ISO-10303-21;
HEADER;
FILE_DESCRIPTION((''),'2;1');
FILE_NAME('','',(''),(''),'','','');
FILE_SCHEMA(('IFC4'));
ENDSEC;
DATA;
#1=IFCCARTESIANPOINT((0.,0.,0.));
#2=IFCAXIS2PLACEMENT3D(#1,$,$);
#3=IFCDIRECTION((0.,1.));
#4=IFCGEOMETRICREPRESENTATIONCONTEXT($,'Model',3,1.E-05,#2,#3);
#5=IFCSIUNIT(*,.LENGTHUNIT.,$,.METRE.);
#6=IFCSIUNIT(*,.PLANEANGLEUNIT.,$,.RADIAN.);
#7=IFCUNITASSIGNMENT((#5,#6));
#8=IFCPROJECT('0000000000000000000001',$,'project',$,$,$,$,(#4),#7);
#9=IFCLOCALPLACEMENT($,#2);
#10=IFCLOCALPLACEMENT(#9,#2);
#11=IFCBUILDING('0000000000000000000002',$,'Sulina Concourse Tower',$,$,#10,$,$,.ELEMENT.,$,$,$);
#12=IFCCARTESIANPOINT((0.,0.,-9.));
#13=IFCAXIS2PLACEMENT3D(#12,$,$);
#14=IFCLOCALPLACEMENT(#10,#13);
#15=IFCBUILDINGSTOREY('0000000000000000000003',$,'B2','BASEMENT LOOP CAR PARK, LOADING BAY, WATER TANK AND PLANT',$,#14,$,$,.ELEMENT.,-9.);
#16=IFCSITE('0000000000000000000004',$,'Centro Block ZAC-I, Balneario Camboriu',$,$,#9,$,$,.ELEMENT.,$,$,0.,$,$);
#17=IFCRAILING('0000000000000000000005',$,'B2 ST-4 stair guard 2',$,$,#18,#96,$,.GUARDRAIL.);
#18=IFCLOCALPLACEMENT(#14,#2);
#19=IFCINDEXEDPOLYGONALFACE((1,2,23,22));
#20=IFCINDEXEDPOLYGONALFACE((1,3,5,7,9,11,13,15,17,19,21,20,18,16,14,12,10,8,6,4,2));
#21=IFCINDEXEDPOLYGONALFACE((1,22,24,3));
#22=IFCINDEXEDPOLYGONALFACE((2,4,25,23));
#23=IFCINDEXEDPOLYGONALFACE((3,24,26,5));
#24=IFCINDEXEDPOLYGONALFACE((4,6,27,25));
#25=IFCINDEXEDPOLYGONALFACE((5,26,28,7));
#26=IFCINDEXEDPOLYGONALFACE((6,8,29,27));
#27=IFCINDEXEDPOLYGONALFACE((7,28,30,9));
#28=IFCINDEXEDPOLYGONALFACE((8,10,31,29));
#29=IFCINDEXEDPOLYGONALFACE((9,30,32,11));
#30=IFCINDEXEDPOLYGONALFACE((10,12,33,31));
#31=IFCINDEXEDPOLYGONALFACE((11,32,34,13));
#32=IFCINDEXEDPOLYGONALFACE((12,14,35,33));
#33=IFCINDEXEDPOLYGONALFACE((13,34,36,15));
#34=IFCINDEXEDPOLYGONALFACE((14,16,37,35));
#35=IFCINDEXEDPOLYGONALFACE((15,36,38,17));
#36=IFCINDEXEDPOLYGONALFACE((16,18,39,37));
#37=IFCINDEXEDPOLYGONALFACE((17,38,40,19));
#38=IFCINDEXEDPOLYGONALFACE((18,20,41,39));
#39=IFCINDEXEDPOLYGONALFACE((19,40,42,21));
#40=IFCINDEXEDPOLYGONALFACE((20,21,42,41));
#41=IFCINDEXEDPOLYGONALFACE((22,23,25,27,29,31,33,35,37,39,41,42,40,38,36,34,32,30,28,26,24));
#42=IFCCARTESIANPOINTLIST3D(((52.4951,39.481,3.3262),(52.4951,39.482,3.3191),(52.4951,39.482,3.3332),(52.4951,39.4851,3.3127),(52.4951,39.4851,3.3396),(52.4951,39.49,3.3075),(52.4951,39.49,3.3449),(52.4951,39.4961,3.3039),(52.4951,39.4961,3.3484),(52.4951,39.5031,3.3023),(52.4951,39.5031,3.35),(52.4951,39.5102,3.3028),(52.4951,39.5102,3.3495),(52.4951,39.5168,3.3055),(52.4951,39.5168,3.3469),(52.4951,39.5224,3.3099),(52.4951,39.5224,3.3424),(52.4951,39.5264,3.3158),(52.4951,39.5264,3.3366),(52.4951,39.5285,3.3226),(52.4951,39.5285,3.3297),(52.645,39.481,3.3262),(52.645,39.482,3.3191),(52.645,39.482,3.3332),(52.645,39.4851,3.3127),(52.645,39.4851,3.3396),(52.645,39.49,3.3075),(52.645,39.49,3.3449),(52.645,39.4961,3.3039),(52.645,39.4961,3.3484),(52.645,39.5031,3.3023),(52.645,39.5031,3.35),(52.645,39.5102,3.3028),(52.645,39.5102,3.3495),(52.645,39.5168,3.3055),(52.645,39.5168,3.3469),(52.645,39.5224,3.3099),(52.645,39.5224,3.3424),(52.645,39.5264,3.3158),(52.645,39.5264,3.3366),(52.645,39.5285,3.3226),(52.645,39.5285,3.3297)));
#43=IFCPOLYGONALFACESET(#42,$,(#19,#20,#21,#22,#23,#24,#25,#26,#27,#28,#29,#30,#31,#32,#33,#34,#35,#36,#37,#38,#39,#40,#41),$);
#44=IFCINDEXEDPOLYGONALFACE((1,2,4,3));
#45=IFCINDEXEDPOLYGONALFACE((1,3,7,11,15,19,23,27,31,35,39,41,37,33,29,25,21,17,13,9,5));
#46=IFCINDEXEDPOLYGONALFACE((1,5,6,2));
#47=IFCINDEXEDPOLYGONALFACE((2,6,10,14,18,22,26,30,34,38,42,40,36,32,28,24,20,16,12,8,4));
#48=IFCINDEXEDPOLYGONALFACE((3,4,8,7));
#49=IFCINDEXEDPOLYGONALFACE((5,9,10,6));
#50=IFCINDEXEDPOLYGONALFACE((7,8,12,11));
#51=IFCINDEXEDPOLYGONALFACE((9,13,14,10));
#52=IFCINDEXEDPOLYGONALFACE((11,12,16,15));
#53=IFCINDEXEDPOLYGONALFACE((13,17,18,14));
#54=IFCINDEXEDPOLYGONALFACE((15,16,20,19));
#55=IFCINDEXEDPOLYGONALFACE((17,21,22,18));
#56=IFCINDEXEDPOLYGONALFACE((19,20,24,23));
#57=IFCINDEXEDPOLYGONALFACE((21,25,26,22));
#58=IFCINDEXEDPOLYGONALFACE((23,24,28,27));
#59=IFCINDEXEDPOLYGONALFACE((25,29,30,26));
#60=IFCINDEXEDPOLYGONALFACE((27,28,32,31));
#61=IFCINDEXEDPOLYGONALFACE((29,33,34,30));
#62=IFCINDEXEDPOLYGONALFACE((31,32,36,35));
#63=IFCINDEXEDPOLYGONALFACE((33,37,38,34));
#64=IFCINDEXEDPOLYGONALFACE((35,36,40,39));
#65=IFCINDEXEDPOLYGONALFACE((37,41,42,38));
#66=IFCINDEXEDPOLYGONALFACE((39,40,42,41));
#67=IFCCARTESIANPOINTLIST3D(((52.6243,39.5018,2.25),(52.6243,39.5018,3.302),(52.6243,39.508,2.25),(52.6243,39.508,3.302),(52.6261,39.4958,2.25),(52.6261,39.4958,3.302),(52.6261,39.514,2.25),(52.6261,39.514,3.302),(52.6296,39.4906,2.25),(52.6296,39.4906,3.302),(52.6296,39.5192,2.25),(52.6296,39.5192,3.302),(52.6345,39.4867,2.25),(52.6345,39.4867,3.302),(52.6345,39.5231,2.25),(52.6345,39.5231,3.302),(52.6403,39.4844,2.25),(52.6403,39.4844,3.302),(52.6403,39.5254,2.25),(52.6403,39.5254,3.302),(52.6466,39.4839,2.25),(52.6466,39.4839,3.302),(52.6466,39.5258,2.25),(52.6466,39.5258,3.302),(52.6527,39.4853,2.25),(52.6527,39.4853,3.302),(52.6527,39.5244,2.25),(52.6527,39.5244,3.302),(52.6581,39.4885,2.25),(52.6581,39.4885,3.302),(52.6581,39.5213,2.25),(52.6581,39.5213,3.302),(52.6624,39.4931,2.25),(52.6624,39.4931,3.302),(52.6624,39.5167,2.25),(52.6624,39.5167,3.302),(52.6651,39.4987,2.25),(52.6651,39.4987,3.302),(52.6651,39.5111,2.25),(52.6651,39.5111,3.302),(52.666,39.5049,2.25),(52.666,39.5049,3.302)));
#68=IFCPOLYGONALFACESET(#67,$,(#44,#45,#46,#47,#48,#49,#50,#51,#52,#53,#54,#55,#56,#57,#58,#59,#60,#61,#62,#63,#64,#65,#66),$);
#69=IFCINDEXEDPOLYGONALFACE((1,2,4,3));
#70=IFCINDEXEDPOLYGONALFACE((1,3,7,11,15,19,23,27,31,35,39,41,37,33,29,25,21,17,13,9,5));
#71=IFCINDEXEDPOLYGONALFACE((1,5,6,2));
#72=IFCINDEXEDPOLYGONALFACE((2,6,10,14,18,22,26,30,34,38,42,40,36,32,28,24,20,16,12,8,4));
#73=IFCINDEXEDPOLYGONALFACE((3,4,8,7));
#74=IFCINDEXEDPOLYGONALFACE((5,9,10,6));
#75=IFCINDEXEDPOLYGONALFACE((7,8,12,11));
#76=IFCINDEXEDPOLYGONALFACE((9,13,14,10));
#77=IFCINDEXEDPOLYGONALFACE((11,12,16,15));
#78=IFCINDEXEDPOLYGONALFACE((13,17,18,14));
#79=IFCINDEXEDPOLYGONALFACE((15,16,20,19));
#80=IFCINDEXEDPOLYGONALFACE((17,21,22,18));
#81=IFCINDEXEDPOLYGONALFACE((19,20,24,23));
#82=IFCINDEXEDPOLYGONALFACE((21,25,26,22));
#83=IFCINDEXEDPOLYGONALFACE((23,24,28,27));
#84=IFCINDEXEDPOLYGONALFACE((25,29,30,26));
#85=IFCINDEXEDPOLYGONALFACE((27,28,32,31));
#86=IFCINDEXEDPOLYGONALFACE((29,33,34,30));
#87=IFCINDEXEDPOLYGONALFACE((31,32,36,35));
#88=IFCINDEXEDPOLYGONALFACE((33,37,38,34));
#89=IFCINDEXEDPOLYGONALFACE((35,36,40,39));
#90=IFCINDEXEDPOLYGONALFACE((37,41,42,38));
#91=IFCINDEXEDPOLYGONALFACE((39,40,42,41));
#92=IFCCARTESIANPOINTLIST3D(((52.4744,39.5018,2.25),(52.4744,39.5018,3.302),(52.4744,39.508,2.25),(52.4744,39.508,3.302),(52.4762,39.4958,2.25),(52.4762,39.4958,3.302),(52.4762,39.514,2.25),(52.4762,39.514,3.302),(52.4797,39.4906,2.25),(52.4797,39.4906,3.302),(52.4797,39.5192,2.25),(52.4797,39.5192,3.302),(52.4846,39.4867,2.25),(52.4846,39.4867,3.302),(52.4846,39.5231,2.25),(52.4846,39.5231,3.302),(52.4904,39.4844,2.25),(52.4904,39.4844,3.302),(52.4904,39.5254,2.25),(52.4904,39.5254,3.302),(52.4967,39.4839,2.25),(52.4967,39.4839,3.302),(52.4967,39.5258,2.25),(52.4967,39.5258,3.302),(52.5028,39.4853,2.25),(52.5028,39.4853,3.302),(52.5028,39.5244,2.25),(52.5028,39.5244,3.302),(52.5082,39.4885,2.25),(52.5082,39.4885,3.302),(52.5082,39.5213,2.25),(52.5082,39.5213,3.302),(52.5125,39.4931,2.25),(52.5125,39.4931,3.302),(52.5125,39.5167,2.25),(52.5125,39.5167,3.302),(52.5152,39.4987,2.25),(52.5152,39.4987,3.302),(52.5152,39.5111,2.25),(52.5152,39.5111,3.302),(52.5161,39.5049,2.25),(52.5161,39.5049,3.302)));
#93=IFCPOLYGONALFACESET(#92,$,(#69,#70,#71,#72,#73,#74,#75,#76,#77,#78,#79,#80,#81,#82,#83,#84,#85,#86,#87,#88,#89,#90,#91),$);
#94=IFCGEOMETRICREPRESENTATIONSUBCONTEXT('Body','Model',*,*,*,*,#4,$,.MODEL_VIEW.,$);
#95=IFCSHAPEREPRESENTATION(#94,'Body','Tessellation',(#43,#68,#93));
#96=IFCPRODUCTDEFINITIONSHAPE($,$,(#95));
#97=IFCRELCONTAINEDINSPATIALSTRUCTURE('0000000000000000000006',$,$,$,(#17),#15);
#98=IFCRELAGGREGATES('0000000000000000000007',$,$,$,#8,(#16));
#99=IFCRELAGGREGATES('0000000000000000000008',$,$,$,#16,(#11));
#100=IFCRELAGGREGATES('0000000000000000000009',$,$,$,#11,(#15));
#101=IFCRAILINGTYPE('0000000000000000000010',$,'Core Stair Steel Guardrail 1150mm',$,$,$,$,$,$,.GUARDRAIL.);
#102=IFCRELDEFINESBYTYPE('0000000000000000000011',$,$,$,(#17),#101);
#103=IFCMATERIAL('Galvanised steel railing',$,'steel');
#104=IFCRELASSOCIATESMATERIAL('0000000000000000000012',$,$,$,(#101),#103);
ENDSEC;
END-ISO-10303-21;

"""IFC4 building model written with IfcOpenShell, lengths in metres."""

from ifc_helpers import new_model, si_unit, direction, frame, origin, origin_2d, place, context, subcontext, project, spatial, circle, extrude, material, type_object, element, save


model = new_model("IFC4")

# Units and contexts
model_context = context("Model", 3, precision=1e-05, world=origin(), true_north=direction((0.0, 1.0)))
body_context = subcontext(model_context, "Body", "Model", "MODEL_VIEW")
ifc_project = project(units=[si_unit("LENGTHUNIT", "METRE"), si_unit("PLANEANGLEUNIT", "RADIAN")], contexts=[model_context])

# Site, building, storey
site_placement = place(None, origin())
site = spatial("IfcSite", under=ifc_project, at=site_placement, Name="Centro Block ZAC-I, Balneario Camboriu", CompositionType="ELEMENT", RefElevation=0.0)
building_placement = place(site_placement, origin())
building = spatial("IfcBuilding", under=site, at=building_placement, Name="Sulina Concourse Tower", CompositionType="ELEMENT")
storey_placement = place(building_placement, frame((0.0, 0.0, -9.0)))
storey = spatial("IfcBuildingStorey", under=building, at=storey_placement, Name="B2", Description="BASEMENT LOOP CAR PARK, LOADING BAY, WATER TANK AND PLANT", CompositionType="ELEMENT", Elevation=-9.0)

# Railing
ifc_material_1 = material(Name="Galvanised steel railing", Category="steel")
railing_type_1 = type_object("IfcRailingType", Name="Core Stair Steel Guardrail 1150mm", PredefinedType="GUARDRAIL", material=ifc_material_1)
railing_1_placement = place(storey_placement, frame((52.645, 39.5049, 2.25)))
element("IfcRailing", 1, at=railing_1_placement, inside=storey, type_object=railing_type_1, Name="B2 ST-4 stair guard 2", PredefinedType="GUARDRAIL", context=body_context, shape_type="SweptSolid", body=[
    extrude(circle(Radius=0.0239, at=origin_2d()), frame((0.0, 0.0, 1.0762), z_axis=(-1.0, 0.0, 0.0), x_axis=(0.0, -1.0, 0.0)), (0.0, 0.0, 1.0), 0.1499),
    extrude(circle(Radius=0.021, at=origin_2d()), origin(), (0.0, 0.0, 1.0), 1.052),
    extrude(circle(Radius=0.021, at=origin_2d()), frame((-0.1499, 0.0, 0.0)), (0.0, 0.0, 1.0), 1.052),
])

save(model, "model.ifc")
